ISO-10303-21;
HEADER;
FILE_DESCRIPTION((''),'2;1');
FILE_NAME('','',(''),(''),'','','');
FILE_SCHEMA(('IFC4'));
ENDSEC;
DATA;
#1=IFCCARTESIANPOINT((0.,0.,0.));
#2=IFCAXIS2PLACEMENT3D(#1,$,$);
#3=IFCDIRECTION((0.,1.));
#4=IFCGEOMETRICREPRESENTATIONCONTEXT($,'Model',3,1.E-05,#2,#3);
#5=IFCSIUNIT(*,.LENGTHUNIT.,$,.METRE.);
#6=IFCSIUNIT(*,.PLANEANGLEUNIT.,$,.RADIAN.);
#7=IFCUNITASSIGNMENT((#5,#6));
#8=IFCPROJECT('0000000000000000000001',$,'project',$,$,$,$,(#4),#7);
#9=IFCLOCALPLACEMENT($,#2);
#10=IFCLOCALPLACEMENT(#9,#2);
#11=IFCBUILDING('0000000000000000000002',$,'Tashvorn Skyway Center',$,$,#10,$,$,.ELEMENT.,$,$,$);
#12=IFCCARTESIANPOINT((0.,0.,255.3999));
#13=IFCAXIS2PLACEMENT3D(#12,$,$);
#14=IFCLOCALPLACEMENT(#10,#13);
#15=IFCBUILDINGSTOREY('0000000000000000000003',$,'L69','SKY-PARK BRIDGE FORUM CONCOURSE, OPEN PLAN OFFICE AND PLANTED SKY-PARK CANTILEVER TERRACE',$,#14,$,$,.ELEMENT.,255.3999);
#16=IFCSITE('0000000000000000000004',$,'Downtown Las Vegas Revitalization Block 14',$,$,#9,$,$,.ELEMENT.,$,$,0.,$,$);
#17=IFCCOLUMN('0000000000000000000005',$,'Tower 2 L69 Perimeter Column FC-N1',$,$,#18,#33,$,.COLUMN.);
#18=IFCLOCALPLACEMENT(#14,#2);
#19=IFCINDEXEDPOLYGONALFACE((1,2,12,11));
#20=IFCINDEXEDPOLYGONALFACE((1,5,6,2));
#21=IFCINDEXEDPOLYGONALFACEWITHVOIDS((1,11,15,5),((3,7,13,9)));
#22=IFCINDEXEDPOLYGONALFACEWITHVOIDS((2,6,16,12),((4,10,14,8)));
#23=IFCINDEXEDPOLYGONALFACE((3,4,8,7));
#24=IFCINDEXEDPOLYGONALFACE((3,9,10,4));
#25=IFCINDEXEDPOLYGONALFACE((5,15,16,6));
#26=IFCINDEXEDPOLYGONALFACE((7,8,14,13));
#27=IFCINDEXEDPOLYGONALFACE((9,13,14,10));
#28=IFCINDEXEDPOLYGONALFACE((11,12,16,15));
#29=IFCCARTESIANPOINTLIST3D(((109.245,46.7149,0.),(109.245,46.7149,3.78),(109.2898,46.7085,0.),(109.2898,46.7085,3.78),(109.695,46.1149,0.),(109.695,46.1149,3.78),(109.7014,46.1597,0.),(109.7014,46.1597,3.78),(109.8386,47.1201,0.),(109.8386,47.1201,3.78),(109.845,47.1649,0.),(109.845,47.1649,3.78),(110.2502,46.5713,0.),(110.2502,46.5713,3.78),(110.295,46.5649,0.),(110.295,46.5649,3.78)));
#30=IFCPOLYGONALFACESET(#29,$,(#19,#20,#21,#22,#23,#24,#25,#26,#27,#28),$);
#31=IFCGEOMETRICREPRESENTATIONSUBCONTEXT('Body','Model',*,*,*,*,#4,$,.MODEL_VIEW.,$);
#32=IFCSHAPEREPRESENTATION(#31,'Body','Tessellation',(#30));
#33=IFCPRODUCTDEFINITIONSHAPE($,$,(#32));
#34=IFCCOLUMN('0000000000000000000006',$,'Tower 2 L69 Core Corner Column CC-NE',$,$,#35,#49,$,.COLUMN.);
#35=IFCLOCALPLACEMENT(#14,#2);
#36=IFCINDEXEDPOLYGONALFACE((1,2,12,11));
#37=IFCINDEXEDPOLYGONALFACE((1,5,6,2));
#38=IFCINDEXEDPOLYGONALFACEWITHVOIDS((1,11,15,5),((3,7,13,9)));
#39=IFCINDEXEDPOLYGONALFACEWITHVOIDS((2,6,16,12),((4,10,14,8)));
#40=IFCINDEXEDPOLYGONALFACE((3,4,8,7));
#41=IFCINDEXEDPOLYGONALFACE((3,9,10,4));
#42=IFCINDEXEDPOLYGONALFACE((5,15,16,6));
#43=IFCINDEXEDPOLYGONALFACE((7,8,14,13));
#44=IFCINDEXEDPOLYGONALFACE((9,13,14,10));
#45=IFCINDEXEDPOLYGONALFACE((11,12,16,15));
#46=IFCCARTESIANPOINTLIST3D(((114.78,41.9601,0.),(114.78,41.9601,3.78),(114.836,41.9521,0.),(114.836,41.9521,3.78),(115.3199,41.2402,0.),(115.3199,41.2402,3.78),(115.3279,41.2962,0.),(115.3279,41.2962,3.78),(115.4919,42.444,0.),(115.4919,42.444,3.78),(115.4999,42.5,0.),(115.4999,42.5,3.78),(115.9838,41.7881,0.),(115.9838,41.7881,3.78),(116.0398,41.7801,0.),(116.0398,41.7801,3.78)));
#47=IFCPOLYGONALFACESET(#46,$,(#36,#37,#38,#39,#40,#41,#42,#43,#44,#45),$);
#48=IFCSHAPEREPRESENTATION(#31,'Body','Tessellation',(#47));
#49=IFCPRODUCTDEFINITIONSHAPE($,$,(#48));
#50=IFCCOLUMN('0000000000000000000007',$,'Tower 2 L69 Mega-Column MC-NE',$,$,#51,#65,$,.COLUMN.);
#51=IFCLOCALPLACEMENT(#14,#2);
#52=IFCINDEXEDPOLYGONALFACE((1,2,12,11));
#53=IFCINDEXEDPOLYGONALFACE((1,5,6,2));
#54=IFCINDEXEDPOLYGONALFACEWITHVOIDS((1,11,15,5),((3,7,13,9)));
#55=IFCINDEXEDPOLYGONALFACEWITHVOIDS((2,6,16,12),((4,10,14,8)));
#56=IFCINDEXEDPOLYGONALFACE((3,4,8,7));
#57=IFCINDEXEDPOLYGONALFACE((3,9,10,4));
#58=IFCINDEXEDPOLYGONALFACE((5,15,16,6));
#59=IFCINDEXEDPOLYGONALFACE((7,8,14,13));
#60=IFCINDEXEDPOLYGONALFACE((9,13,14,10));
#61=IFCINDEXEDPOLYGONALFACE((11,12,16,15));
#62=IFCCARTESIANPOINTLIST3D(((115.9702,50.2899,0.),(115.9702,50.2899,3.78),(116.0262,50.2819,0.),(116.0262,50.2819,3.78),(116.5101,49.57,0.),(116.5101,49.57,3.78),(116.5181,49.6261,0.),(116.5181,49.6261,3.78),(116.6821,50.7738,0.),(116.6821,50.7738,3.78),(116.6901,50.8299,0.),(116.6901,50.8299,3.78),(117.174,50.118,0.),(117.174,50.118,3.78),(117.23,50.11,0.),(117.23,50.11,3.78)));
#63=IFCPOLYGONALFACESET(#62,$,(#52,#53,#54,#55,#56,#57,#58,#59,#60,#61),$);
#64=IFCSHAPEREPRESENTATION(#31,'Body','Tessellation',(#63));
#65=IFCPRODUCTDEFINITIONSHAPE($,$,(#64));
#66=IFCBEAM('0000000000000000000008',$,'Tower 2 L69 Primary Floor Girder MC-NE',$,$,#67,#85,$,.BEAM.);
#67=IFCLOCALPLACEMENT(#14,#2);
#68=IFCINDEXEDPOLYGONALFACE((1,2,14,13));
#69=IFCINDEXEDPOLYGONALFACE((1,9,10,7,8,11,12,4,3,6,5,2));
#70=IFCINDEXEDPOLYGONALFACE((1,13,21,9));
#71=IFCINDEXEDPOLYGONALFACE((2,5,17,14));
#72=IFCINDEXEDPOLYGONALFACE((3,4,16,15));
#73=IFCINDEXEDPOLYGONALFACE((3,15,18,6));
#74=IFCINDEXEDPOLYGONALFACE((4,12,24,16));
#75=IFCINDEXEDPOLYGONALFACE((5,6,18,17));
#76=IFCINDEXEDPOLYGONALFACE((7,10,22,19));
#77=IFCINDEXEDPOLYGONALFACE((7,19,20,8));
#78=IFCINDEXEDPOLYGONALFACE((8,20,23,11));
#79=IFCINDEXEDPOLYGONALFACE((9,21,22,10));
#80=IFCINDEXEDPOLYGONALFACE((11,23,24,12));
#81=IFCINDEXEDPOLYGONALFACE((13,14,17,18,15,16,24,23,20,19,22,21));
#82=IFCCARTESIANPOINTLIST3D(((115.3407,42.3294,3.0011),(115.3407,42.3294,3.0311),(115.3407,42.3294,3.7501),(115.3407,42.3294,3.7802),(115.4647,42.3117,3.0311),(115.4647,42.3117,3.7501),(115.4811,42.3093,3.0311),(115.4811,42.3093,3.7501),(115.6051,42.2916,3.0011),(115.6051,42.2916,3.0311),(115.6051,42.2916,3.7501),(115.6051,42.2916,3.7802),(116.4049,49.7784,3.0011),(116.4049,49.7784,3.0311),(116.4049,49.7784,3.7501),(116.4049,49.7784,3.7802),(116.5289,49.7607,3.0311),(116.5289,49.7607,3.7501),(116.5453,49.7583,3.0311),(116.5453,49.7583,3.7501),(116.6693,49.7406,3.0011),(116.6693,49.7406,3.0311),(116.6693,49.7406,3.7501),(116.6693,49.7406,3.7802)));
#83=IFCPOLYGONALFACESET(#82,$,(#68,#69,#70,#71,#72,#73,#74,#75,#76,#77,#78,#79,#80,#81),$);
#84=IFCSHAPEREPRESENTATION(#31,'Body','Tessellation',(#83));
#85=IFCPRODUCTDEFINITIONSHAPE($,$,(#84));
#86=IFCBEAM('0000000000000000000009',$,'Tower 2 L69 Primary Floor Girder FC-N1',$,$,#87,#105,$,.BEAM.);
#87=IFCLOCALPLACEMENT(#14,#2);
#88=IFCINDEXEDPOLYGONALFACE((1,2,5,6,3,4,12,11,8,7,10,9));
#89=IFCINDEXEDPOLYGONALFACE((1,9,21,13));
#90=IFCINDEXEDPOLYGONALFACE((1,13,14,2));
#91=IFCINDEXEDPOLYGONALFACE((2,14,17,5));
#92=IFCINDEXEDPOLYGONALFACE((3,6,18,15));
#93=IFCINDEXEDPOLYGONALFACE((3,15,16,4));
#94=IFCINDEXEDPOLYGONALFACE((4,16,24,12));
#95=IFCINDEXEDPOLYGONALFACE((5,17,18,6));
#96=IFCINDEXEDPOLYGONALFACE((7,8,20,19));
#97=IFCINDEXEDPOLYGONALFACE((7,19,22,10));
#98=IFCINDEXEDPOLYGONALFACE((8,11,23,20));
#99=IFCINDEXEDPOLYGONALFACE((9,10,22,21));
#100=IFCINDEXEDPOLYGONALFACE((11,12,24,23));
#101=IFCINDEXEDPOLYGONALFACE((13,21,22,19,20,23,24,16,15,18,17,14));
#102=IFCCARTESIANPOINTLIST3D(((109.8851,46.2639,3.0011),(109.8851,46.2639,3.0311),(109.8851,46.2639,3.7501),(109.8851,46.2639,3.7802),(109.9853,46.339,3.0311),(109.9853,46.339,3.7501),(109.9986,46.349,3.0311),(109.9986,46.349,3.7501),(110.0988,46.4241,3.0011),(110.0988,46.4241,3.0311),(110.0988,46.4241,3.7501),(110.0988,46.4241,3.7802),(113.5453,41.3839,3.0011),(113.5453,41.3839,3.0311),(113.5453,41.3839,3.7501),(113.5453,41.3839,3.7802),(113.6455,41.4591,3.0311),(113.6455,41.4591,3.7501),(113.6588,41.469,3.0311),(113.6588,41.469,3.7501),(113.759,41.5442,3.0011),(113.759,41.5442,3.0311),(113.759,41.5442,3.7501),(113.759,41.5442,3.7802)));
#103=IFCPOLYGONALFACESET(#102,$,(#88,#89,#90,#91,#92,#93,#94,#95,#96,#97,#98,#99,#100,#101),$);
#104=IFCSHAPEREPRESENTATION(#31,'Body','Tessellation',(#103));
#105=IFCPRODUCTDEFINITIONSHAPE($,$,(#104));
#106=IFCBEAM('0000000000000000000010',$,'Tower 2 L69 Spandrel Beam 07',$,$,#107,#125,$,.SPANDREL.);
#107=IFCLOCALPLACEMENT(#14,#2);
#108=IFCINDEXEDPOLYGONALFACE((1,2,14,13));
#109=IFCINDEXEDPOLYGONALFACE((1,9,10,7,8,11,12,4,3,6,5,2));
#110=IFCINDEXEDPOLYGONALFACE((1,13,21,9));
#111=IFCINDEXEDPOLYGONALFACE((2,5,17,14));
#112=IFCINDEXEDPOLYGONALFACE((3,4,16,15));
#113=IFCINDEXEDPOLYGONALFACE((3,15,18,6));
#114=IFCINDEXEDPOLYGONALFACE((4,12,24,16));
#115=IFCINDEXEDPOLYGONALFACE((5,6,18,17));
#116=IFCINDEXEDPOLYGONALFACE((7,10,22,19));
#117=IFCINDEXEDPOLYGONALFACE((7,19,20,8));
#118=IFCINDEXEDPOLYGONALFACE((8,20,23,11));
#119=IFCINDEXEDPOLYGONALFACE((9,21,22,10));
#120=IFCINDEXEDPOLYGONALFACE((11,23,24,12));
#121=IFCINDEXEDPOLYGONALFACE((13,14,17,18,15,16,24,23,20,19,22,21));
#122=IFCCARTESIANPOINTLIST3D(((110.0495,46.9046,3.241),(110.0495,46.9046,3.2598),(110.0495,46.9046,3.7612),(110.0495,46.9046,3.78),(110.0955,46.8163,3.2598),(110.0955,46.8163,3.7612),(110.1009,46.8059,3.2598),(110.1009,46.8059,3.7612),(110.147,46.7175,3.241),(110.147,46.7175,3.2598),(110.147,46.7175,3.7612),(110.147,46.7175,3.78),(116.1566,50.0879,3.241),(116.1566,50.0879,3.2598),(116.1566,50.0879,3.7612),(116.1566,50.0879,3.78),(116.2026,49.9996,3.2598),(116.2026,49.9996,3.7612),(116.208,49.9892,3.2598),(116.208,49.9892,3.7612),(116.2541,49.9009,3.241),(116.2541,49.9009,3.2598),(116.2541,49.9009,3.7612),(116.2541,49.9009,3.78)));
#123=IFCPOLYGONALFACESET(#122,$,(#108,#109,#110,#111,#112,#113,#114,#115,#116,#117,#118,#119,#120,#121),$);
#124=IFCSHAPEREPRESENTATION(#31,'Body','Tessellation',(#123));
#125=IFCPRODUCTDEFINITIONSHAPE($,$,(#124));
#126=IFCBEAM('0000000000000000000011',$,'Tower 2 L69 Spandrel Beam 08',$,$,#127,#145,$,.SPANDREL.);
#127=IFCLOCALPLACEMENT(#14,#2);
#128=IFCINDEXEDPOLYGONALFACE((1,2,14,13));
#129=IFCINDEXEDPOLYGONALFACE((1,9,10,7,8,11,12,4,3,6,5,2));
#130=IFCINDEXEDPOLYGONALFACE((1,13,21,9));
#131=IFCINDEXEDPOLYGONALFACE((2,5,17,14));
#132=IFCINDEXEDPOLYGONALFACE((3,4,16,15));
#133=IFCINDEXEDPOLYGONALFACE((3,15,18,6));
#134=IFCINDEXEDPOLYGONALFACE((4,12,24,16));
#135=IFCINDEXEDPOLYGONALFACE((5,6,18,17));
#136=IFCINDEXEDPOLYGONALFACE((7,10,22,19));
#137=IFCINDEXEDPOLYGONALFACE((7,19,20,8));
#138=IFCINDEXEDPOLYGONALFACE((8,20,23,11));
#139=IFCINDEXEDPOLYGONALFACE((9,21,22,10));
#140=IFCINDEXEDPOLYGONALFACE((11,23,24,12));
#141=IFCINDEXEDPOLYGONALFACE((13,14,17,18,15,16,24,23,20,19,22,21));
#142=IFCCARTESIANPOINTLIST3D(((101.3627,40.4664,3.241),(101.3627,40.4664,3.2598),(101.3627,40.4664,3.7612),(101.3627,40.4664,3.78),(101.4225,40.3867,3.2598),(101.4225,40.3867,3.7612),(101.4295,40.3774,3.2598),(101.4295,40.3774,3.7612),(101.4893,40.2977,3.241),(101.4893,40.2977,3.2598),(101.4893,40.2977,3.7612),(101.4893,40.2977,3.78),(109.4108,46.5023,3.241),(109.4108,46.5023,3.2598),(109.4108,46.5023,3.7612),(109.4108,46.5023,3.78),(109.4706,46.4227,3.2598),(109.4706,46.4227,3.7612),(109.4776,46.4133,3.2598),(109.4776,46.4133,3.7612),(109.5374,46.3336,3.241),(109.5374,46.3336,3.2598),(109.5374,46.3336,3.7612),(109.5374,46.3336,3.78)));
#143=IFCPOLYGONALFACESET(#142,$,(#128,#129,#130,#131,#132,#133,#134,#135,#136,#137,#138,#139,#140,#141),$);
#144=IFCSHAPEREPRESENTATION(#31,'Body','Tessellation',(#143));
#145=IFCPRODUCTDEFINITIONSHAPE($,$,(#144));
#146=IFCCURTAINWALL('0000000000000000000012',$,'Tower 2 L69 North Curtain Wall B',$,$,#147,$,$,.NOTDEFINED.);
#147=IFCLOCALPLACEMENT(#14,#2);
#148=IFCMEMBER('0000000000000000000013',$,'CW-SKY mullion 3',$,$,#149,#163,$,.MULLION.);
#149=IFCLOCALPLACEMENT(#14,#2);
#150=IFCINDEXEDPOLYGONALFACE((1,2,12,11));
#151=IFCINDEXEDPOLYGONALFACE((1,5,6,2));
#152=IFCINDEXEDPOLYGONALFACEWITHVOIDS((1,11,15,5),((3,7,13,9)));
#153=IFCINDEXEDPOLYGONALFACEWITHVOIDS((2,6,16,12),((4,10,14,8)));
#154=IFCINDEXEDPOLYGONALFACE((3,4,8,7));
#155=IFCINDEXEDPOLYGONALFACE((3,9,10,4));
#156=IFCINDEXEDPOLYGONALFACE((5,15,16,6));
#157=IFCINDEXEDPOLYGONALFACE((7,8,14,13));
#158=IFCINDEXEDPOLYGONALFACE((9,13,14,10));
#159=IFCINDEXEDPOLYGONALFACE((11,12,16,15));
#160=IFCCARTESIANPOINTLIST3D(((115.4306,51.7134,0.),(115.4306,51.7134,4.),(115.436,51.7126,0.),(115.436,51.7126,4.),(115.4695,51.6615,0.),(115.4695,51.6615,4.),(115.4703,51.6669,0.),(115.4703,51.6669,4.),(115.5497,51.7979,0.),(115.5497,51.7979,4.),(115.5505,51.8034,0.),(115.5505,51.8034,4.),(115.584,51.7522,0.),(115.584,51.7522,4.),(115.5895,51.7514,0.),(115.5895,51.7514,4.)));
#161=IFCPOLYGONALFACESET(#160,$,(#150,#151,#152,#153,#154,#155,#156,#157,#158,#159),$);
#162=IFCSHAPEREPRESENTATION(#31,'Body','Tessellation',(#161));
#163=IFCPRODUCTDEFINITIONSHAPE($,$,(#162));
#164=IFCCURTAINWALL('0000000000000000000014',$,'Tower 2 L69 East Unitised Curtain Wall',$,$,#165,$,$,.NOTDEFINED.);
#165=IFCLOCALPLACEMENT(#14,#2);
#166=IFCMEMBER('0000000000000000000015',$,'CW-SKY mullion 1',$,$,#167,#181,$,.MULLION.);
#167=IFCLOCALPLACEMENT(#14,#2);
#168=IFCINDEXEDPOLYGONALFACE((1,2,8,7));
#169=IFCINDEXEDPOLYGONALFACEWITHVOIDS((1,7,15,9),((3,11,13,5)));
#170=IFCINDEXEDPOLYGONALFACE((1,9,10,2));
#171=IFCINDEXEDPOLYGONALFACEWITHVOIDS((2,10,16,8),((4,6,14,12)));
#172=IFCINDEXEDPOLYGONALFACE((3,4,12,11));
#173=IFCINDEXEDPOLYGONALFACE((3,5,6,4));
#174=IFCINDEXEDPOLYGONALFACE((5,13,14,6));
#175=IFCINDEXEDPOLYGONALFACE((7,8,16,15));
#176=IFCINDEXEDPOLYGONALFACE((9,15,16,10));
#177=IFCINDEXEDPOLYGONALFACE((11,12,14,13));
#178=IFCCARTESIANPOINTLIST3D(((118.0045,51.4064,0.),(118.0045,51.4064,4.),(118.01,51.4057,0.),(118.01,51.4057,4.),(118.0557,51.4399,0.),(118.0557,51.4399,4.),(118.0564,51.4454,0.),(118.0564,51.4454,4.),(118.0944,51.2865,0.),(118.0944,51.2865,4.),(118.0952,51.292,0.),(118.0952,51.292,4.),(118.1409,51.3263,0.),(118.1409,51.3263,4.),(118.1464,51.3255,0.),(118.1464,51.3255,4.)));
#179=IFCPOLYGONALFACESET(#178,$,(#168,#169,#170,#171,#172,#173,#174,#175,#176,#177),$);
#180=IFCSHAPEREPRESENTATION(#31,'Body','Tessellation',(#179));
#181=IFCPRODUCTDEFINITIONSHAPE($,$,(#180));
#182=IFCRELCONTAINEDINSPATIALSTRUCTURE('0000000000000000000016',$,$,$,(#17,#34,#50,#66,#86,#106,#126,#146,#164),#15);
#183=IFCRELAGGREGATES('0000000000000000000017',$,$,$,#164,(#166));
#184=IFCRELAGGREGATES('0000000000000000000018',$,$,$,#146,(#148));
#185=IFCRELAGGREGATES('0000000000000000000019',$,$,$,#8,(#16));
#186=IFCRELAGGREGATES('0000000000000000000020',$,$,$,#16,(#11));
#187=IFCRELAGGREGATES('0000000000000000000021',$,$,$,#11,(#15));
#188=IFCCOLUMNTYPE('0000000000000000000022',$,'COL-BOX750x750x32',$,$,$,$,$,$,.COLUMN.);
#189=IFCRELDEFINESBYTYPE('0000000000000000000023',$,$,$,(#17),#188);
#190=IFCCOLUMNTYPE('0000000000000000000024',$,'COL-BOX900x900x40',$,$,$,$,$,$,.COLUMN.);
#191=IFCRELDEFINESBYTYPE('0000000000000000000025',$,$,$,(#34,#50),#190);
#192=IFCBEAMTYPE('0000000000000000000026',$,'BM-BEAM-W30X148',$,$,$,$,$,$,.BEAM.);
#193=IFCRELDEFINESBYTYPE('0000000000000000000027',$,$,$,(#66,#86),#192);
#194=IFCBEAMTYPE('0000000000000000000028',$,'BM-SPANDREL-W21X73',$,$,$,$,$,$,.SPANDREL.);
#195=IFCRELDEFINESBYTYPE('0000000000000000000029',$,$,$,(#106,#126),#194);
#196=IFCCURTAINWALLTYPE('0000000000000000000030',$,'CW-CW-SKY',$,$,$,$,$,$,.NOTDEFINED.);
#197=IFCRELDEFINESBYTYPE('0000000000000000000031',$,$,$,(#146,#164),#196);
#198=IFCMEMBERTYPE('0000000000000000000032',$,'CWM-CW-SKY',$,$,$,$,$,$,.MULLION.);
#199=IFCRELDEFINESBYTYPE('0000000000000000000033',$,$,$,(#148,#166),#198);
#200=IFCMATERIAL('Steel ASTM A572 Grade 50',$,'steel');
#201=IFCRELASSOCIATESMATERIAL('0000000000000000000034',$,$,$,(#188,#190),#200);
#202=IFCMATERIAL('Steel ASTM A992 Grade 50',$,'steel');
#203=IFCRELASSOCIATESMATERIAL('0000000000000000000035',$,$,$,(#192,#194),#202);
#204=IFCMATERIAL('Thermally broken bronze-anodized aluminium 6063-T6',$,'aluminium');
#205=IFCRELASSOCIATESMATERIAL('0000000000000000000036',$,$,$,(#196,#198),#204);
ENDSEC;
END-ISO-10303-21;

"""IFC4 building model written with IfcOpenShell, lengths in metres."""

from ifc_helpers import new_model, si_unit, direction, frame, origin, origin_2d, place, context, subcontext, project, spatial, hollow_rectangle, i_section, extrude, material, material_profile, profile_set, type_object, element, aggregate, save


model = new_model("IFC4")

# Units and contexts
model_context = context("Model", 3, precision=1e-05, world=origin(), true_north=direction((0.0, 1.0)))
body_context = subcontext(model_context, "Body", "Model", "MODEL_VIEW")
ifc_project = project(units=[si_unit("LENGTHUNIT", "METRE"), si_unit("PLANEANGLEUNIT", "RADIAN")], contexts=[model_context])

# Site, building, storey
site_placement = place(None, origin())
site = spatial("IfcSite", under=ifc_project, at=site_placement, Name="Downtown Las Vegas Revitalization Block 14", CompositionType="ELEMENT", RefElevation=0.0)
building_placement = place(site_placement, origin())
building = spatial("IfcBuilding", under=site, at=building_placement, Name="Tashvorn Skyway Center", CompositionType="ELEMENT")
storey_placement = place(building_placement, frame((0.0, 0.0, 255.3999)))
storey = spatial("IfcBuildingStorey", under=building, at=storey_placement, Name="L69", Description="SKY-PARK BRIDGE FORUM CONCOURSE, OPEN PLAN OFFICE AND PLANTED SKY-PARK CANTILEVER TERRACE", CompositionType="ELEMENT", Elevation=255.3999)

# Columns
ifc_material_1 = material(Name="Steel ASTM A572 Grade 50", Category="steel")
ifc_material_profile_1 = material_profile(ifc_material_1, hollow_rectangle(XDim=0.75, YDim=0.75, WallThickness=0.032, at=origin_2d()), Name="BOX750x750x32")
ifc_profile_set_1 = profile_set([ifc_material_profile_1], Name="Steel ASTM A572 Grade 50")
column_type_1 = type_object("IfcColumnType", Name="COL-BOX750x750x32", PredefinedType="COLUMN", material=ifc_profile_set_1)
column_placement = place(storey_placement, frame((109.77, 46.6399, 0.0), z_axis=(0.0, 0.0, 1.0), x_axis=(0.8, 0.6, 0.0)))
element("IfcColumn", 1, at=column_placement, inside=storey, type_object=column_type_1, Name="Tower 2 L69 Perimeter Column FC-N1", PredefinedType="COLUMN", context=body_context, shape_type="SweptSolid", body=[
    extrude(hollow_rectangle(XDim=0.75, YDim=0.75, WallThickness=0.032, at=origin_2d()), origin(), (0.0, 0.0, 1.0), 3.78),
])
ifc_material_profile_2 = material_profile(ifc_material_1, hollow_rectangle(XDim=0.8999, YDim=0.8999, WallThickness=0.04, at=origin_2d()), Name="BOX900x900x40")
ifc_profile_set_2 = profile_set([ifc_material_profile_2], Name="Steel ASTM A572 Grade 50")
column_type_2 = type_object("IfcColumnType", Name="COL-BOX900x900x40", PredefinedType="COLUMN", material=ifc_profile_set_2)
for number, where, z_axis, x_axis, name in (
    (2, (115.4099, 41.8701, 0.0), (0.0, 0.0, 1.0), (0.8, 0.6, 0.0), "Tower 2 L69 Core Corner Column CC-NE"),
    (3, (116.6001, 50.2, 0.0), (0.0, 0.0, 1.0), (0.8, 0.6, 0.0), "Tower 2 L69 Mega-Column MC-NE"),
):
    element("IfcColumn", number, at=place(storey_placement, frame(where, z_axis=z_axis, x_axis=x_axis)), inside=storey, type_object=column_type_2, Name=name, PredefinedType="COLUMN", context=body_context, shape_type="SweptSolid", body=[
        extrude(hollow_rectangle(XDim=0.8999, YDim=0.8999, WallThickness=0.04, at=origin_2d()), origin(), (0.0, 0.0, 1.0), 3.78),
    ])

# Beams
ifc_material_2 = material(Name="Steel ASTM A992 Grade 50", Category="steel")
ifc_material_profile_3 = material_profile(ifc_material_2, i_section(OverallWidth=0.2671, OverallDepth=0.7791, WebThickness=0.0166, FlangeThickness=0.03, at=origin_2d()), Name="W30X148")
ifc_profile_set_3 = profile_set([ifc_material_profile_3], Name="Steel ASTM A992 Grade 50")
beam_type_1 = type_object("IfcBeamType", Name="BM-BEAM-W30X148", PredefinedType="BEAM", material=ifc_profile_set_3)
beam_1_placement = place(storey_placement, frame((116.5371, 49.7595, 3.3906), z_axis=(-0.14143, -0.989948, 0.0), x_axis=(0.989948, -0.14143, 0.0)))
element("IfcBeam", 4, at=beam_1_placement, inside=storey, type_object=beam_type_1, Name="Tower 2 L69 Primary Floor Girder MC-NE", PredefinedType="BEAM", context=body_context, shape_type="SweptSolid", body=[
    extrude(i_section(OverallWidth=0.2671, OverallDepth=0.7791, WebThickness=0.0166, FlangeThickness=0.03, at=origin_2d()), origin(), (0.0, 0.0, 1.0), 7.5247),
])
beam_2_placement = place(storey_placement, frame((109.9919, 46.344, 3.3906), z_axis=(0.600026, -0.799981, 0.0), x_axis=(0.799981, 0.600026, 0.0)))
element("IfcBeam", 5, at=beam_2_placement, inside=storey, type_object=beam_type_1, Name="Tower 2 L69 Primary Floor Girder FC-N1", PredefinedType="BEAM", context=body_context, shape_type="SweptSolid", body=[
    extrude(i_section(OverallWidth=0.2671, OverallDepth=0.7791, WebThickness=0.0166, FlangeThickness=0.03, at=origin_2d()), origin(), (0.0, 0.0, 1.0), 6.1001),
])
ifc_material_profile_4 = material_profile(ifc_material_2, i_section(OverallWidth=0.2109, OverallDepth=0.5391, WebThickness=0.0117, FlangeThickness=0.0188, at=origin_2d()), Name="W21X73")
ifc_profile_set_4 = profile_set([ifc_material_profile_4], Name="Steel ASTM A992 Grade 50")
beam_type_2 = type_object("IfcBeamType", Name="BM-SPANDREL-W21X73", PredefinedType="SPANDREL", material=ifc_profile_set_4)
beam_3_placement = place(storey_placement, frame((116.2053, 49.9944, 3.5105), z_axis=(-0.886764, -0.462223, 0.0), x_axis=(0.462223, -0.886764, 0.0)))
element("IfcBeam", 6, at=beam_3_placement, inside=storey, type_object=beam_type_2, Name="Tower 2 L69 Spandrel Beam 07", PredefinedType="SPANDREL", context=body_context, shape_type="SweptSolid", body=[
    extrude(i_section(OverallWidth=0.2109, OverallDepth=0.5391, WebThickness=0.0117, FlangeThickness=0.0188, at=origin_2d()), origin(), (0.0, 0.0, 1.0), 6.887),
])
beam_4_placement = place(storey_placement, frame((109.4741, 46.418, 3.5105), z_axis=(-0.800009, -0.599988, 0.0), x_axis=(0.599988, -0.800009, 0.0)))
element("IfcBeam", 7, at=beam_4_placement, inside=storey, type_object=beam_type_2, Name="Tower 2 L69 Spandrel Beam 08", PredefinedType="SPANDREL", context=body_context, shape_type="SweptSolid", body=[
    extrude(i_section(OverallWidth=0.2109, OverallDepth=0.5391, WebThickness=0.0117, FlangeThickness=0.0188, at=origin_2d()), origin(), (0.0, 0.0, 1.0), 10.0601),
])

# Curtain wall, member
ifc_material_3 = material(Name="Thermally broken bronze-anodized aluminium 6063-T6", Category="aluminium")
curtain_wall_type = type_object("IfcCurtainWallType", Name="CW-CW-SKY", PredefinedType="NOTDEFINED", material=ifc_material_3)
curtain_wall_1_placement = place(storey_placement, origin())
curtain_wall_1 = element("IfcCurtainWall", 8, at=curtain_wall_1_placement, inside=storey, type_object=curtain_wall_type, Name="Tower 2 L69 North Curtain Wall B", PredefinedType="NOTDEFINED")
ifc_material_profile_5 = material_profile(ifc_material_3, hollow_rectangle(XDim=0.0649, YDim=0.1499, WallThickness=0.0039, at=origin_2d()), Name="ALU-MULL-65x150")
ifc_profile_set_5 = profile_set([ifc_material_profile_5], Name="Thermally broken bronze-anodized aluminium 6063-T6")
member_type_1 = type_object("IfcMemberType", Name="CWM-CW-SKY", PredefinedType="MULLION", material=ifc_profile_set_5)
member_1_placement = place(storey_placement, frame((115.51, 51.7324, 0.0), z_axis=(0.0, 0.0, 1.0), x_axis=(-0.6, 0.8, 0.0)))
member_1 = element("IfcMember", 9, at=member_1_placement, type_object=member_type_1, Name="CW-SKY mullion 3", PredefinedType="MULLION", context=body_context, shape_type="SweptSolid", body=[
    extrude(hollow_rectangle(XDim=0.0649, YDim=0.1499, WallThickness=0.0039, at=origin_2d()), origin(), (0.0, 0.0, 1.0), 4.0),
])

# Curtain wall, member
curtain_wall_2_placement = place(storey_placement, origin())
curtain_wall_2 = element("IfcCurtainWall", 10, at=curtain_wall_2_placement, inside=storey, type_object=curtain_wall_type, Name="Tower 2 L69 East Unitised Curtain Wall", PredefinedType="NOTDEFINED")
member_2_placement = place(storey_placement, frame((118.0754, 51.366, 0.0), z_axis=(0.0, 0.0, 1.0), x_axis=(0.8, 0.6, 0.0)))
member_2 = element("IfcMember", 11, at=member_2_placement, type_object=member_type_1, Name="CW-SKY mullion 1", PredefinedType="MULLION", context=body_context, shape_type="SweptSolid", body=[
    extrude(hollow_rectangle(XDim=0.0649, YDim=0.1499, WallThickness=0.0039, at=origin_2d()), origin(), (0.0, 0.0, 1.0), 4.0),
])
aggregate(curtain_wall_2, [member_2])

aggregate(curtain_wall_1, [member_1])

save(model, "model.ifc")
